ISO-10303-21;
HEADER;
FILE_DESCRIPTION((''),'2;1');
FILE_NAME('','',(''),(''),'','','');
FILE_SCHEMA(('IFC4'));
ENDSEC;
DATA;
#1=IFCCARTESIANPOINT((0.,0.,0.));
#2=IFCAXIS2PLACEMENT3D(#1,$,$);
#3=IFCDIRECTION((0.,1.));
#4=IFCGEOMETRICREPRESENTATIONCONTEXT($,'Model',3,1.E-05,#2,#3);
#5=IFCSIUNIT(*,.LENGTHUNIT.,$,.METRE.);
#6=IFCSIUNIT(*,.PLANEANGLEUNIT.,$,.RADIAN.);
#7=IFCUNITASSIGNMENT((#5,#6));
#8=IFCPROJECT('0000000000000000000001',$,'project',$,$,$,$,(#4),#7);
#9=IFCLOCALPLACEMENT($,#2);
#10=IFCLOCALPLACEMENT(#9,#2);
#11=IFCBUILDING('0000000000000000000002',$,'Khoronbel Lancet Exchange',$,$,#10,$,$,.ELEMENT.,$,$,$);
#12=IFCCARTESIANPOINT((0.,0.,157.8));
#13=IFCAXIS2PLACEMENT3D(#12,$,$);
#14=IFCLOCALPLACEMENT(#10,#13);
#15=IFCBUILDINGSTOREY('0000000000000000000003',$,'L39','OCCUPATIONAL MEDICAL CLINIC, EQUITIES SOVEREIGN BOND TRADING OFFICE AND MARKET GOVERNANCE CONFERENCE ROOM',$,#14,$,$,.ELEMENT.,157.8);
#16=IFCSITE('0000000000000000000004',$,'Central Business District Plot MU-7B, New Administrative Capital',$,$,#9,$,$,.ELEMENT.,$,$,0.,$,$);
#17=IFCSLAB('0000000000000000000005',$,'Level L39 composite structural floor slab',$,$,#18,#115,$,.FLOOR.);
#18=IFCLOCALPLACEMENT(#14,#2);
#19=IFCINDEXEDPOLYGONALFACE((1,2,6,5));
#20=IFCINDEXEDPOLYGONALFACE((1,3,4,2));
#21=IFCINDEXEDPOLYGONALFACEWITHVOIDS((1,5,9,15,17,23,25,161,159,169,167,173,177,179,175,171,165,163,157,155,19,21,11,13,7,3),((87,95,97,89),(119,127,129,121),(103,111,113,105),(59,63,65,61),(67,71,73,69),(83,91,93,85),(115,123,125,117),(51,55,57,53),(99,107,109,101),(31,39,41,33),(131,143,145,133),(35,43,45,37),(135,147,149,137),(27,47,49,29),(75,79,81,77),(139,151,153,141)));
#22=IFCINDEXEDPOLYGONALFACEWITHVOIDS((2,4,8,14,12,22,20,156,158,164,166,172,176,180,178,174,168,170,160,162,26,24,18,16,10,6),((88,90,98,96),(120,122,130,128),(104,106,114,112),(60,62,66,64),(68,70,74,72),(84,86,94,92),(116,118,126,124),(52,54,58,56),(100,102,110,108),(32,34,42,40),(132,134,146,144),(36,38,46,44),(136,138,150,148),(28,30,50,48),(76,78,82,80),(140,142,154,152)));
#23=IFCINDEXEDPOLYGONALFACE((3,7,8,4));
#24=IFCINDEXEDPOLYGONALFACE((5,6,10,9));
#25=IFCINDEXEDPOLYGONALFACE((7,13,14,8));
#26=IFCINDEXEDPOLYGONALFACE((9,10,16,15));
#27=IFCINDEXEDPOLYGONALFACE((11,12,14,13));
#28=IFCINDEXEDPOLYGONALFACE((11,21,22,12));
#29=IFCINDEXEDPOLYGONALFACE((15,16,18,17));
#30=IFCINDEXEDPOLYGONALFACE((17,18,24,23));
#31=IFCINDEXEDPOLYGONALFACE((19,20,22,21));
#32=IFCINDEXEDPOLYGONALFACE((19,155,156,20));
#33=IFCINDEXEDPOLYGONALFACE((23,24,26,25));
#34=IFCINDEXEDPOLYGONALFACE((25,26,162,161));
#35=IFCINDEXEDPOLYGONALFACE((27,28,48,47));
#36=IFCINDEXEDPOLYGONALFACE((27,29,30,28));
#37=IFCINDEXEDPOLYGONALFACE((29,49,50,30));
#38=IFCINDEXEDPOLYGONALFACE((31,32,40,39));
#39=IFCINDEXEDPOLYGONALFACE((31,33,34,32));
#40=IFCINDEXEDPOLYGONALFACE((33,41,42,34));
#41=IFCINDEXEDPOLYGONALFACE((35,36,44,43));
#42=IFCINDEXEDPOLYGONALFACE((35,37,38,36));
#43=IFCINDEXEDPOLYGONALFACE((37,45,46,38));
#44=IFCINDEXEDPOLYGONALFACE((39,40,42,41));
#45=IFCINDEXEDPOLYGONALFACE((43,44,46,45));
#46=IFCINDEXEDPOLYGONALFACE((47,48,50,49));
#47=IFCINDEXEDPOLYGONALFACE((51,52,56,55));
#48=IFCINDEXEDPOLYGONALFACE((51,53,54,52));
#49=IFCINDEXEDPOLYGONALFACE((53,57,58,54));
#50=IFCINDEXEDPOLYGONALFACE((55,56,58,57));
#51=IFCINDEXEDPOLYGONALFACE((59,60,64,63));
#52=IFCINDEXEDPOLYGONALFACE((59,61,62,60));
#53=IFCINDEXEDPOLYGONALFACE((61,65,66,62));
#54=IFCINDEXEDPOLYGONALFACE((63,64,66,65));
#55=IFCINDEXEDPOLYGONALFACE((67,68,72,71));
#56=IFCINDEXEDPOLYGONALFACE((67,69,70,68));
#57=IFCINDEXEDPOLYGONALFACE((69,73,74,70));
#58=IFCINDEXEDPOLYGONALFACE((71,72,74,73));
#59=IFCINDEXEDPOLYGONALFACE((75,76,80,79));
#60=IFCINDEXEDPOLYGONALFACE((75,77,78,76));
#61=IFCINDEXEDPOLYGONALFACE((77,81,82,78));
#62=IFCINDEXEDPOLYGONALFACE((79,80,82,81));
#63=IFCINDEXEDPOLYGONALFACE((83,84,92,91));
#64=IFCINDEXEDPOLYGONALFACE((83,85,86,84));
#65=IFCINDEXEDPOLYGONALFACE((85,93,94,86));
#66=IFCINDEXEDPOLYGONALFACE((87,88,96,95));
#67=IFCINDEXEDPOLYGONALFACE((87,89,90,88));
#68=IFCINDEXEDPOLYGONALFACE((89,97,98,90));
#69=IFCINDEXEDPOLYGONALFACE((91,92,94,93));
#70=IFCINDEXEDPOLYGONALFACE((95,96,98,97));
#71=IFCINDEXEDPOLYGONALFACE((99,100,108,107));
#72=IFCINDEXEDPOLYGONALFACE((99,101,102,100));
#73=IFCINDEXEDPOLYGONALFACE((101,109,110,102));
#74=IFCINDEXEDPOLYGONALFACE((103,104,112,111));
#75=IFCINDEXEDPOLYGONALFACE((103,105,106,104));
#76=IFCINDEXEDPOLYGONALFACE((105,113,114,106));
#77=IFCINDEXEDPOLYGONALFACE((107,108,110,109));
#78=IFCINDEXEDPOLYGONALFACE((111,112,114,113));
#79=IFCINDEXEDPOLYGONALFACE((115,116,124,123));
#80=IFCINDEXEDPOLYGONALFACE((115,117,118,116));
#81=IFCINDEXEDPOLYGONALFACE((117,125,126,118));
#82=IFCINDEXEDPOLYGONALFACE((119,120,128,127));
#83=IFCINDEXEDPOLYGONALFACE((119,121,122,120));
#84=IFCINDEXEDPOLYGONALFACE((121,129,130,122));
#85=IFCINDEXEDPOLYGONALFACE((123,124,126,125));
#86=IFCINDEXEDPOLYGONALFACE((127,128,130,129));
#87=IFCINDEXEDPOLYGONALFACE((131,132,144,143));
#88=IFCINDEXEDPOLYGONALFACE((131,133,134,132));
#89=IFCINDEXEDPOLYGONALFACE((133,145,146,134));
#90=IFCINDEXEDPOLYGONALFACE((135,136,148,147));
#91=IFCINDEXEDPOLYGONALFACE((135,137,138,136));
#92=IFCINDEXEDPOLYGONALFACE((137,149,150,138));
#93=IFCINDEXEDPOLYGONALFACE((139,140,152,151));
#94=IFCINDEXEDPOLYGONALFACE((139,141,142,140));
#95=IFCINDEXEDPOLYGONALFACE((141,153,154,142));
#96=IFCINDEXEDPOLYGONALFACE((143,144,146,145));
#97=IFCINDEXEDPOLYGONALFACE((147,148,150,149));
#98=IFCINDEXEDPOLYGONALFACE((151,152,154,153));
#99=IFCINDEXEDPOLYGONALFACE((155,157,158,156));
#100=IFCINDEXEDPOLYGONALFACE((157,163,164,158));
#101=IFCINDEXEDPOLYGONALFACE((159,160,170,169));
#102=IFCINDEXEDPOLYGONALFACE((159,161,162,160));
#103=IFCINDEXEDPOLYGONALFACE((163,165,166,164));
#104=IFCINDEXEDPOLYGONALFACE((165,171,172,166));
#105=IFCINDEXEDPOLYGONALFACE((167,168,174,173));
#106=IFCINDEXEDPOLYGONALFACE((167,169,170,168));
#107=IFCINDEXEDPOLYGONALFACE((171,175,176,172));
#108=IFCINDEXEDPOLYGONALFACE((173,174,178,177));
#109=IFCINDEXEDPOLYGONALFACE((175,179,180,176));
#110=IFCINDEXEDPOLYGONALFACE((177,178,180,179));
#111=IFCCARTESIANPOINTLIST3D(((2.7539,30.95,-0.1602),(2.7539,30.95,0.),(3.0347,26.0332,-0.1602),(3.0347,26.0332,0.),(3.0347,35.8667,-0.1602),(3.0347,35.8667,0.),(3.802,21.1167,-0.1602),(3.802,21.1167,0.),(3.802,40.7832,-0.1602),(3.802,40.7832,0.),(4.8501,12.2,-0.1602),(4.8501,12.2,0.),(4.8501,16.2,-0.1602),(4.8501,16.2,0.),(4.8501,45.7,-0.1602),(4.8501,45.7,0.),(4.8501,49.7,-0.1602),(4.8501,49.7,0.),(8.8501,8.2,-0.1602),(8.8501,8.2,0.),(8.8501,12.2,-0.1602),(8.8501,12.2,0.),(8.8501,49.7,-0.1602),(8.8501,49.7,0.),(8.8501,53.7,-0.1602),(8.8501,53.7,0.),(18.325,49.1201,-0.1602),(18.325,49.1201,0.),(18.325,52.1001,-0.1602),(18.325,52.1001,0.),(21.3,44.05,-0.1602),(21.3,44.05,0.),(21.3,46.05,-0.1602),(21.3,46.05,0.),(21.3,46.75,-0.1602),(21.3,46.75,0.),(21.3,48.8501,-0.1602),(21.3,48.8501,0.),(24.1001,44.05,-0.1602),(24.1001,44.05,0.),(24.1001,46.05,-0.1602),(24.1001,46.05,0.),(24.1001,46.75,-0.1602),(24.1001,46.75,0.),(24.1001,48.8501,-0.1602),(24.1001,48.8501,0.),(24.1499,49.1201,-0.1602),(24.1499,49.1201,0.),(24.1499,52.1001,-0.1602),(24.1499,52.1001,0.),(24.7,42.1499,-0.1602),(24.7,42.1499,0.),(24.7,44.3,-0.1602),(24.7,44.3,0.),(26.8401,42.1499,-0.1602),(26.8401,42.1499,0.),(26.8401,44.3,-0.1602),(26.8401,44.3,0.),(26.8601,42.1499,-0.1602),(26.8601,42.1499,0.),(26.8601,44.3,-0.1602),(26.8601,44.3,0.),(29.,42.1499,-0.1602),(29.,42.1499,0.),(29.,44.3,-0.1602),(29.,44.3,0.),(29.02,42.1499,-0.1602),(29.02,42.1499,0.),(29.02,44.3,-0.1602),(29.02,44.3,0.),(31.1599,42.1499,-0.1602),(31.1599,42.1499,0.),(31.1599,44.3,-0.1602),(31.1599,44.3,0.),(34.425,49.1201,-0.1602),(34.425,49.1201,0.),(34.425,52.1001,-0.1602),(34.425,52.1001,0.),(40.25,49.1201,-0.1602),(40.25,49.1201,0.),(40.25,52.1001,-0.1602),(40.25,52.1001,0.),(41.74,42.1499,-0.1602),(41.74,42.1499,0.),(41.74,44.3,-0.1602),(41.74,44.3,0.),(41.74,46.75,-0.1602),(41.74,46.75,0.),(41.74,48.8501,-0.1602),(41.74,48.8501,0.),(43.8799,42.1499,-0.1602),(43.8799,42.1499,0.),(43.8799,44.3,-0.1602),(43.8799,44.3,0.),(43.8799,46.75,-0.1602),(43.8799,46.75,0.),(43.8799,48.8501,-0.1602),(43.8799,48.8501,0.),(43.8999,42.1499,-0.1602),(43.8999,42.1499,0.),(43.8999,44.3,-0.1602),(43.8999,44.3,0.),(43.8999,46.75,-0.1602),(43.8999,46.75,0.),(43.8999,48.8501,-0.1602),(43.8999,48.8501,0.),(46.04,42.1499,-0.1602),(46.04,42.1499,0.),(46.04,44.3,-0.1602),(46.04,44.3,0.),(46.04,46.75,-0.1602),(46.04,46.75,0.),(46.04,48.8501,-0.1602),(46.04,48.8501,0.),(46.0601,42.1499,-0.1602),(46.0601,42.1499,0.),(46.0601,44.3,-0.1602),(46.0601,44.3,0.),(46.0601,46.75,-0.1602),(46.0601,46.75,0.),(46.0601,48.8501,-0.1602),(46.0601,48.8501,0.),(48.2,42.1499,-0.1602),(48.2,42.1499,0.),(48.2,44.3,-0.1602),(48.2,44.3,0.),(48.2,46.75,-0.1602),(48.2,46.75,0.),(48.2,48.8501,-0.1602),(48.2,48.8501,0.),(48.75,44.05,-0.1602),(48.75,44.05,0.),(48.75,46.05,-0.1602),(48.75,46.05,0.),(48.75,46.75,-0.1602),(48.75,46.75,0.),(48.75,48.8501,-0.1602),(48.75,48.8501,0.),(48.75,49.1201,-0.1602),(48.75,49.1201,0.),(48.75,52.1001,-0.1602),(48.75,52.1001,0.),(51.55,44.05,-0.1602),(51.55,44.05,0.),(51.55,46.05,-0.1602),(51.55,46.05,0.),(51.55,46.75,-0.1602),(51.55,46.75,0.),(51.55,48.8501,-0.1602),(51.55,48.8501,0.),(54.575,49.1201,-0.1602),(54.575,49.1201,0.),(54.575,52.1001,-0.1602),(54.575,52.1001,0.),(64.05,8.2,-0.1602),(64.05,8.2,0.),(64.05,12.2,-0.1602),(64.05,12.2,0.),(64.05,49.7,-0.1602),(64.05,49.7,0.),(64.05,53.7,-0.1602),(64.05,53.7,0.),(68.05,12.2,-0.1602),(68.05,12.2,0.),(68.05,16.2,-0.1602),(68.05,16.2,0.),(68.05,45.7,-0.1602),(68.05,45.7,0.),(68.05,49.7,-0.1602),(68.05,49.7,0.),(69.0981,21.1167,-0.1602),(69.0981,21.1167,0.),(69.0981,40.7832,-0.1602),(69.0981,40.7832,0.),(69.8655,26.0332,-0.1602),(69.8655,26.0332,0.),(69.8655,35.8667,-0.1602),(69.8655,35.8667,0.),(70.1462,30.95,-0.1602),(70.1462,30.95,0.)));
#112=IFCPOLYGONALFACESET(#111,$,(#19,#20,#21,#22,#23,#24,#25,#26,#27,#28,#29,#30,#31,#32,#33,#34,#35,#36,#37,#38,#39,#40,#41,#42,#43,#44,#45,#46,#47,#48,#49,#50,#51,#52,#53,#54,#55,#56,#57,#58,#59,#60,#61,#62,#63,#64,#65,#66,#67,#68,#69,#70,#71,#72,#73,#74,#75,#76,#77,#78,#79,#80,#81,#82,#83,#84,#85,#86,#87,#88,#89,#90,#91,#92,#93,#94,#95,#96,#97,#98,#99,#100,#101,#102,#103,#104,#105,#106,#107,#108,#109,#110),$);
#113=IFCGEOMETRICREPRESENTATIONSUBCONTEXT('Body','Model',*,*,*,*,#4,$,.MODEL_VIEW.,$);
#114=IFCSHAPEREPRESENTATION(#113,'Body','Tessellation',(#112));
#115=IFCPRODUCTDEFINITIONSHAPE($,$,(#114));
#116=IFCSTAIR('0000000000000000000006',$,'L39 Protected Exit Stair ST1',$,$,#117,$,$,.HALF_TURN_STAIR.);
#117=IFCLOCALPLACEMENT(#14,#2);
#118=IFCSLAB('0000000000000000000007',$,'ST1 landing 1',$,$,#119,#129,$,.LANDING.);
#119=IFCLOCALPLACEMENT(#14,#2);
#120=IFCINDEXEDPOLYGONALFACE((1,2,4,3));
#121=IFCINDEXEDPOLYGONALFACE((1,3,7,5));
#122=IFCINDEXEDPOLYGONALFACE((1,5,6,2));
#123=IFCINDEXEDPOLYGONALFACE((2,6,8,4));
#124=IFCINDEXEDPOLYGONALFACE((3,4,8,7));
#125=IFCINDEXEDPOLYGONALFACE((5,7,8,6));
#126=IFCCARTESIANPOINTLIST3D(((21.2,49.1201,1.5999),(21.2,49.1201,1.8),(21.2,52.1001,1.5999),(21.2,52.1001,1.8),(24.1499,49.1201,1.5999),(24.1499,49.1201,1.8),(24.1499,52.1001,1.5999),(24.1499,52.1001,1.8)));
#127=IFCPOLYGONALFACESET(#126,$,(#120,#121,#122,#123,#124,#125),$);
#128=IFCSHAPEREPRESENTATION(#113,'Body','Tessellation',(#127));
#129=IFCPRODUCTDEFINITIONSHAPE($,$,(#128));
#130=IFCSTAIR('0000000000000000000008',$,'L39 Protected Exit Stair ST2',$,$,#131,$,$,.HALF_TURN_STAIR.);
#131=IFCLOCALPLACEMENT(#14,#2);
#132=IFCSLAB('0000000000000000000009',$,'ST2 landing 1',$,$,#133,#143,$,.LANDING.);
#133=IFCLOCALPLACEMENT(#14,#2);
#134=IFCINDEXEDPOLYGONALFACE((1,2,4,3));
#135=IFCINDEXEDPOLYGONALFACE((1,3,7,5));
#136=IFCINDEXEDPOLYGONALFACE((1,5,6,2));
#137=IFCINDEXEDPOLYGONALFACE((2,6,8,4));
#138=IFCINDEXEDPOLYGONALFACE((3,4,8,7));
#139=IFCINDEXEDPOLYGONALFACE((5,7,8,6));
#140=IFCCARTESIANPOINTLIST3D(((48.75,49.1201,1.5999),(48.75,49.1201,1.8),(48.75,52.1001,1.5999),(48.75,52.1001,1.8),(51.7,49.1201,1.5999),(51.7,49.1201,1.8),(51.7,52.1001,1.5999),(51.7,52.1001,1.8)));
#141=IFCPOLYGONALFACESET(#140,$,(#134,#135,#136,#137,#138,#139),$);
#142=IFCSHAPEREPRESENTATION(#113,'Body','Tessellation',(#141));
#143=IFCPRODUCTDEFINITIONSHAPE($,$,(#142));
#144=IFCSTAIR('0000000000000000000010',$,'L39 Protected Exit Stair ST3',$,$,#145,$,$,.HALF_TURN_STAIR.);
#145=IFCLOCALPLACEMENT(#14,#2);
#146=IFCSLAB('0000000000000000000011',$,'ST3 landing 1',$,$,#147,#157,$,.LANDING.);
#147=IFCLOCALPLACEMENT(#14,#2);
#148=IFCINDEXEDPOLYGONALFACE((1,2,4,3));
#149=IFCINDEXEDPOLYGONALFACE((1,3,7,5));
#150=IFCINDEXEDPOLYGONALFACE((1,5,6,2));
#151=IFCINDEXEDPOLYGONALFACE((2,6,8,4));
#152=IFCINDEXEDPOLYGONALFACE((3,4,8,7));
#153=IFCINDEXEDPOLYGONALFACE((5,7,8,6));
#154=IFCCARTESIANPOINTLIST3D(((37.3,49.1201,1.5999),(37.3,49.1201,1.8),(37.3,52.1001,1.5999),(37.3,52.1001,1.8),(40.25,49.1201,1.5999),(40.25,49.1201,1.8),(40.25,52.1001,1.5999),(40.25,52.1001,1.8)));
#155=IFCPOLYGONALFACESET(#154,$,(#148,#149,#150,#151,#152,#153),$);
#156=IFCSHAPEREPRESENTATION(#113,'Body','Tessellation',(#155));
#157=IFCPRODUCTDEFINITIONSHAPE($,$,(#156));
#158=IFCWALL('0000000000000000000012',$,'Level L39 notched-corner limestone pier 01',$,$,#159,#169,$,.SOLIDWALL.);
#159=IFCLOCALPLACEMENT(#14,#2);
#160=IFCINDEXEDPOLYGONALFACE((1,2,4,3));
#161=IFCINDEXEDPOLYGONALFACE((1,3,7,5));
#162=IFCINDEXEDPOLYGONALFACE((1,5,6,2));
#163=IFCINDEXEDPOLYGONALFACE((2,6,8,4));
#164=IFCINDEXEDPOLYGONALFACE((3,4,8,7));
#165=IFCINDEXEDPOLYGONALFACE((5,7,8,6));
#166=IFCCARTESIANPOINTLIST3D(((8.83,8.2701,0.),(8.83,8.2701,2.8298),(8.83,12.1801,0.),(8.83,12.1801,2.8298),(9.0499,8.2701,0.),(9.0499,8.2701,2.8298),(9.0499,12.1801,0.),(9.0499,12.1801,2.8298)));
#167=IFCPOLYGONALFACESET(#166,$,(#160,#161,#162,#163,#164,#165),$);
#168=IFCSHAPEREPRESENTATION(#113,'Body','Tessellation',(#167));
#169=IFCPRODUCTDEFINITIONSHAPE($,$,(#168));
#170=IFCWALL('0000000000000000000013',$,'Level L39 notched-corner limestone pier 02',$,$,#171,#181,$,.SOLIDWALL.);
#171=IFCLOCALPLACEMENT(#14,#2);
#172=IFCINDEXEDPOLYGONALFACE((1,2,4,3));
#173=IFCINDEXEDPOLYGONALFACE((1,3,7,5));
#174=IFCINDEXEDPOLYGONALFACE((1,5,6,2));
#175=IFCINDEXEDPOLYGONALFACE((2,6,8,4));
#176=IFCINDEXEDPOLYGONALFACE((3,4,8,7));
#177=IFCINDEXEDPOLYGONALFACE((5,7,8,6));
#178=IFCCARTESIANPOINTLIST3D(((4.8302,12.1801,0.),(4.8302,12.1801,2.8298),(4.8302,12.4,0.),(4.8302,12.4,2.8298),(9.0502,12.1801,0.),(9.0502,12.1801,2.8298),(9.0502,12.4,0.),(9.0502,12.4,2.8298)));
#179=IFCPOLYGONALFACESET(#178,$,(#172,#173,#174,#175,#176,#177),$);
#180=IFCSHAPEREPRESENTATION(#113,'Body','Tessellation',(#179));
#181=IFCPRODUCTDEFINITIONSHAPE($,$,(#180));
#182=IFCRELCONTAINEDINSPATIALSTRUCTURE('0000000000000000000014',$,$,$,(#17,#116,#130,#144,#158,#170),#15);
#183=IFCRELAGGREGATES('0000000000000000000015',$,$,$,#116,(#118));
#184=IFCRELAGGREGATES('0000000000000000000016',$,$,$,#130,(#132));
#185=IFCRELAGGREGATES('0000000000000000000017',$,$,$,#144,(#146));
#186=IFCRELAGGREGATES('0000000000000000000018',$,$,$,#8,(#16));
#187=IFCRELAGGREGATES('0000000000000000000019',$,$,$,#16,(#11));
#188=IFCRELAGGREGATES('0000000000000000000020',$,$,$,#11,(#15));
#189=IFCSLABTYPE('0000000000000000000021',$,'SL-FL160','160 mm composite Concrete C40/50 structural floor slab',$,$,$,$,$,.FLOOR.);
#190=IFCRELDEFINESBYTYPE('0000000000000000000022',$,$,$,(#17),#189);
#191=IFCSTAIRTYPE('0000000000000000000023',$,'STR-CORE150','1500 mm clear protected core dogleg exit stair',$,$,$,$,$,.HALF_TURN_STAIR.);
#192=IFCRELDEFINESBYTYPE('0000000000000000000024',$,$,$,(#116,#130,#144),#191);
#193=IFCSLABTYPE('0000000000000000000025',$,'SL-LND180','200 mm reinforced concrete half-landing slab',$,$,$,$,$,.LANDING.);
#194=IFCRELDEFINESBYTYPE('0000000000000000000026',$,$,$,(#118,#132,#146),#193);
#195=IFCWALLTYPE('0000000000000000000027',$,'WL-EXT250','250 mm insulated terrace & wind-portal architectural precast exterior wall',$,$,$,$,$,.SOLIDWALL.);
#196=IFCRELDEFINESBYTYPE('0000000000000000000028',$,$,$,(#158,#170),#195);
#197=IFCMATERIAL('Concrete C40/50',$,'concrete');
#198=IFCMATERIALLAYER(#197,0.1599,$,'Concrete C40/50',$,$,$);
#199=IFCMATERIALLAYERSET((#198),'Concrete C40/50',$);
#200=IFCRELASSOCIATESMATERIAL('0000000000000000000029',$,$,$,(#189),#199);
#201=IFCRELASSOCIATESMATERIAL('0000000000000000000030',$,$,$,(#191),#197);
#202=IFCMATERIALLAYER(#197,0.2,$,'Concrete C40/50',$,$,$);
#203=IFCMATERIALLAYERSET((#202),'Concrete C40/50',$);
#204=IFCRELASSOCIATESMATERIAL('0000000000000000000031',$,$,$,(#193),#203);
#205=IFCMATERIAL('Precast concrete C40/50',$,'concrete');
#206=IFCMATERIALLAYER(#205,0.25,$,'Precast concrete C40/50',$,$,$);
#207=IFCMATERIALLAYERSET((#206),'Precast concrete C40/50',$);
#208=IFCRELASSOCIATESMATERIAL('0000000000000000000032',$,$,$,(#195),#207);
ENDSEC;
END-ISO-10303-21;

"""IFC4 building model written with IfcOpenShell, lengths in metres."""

from ifc_helpers import new_model, si_unit, direction, frame, frame_2d, origin, place, context, subcontext, project, spatial, polyline, rectangle, outline, extrude, material, layer, layer_set, type_object, element, aggregate, save


model = new_model("IFC4")

# Units and contexts
model_context = context("Model", 3, precision=1e-05, world=origin(), true_north=direction((0.0, 1.0)))
body_context = subcontext(model_context, "Body", "Model", "MODEL_VIEW")
ifc_project = project(units=[si_unit("LENGTHUNIT", "METRE"), si_unit("PLANEANGLEUNIT", "RADIAN")], contexts=[model_context])

# Site, building, storey
site_placement = place(None, origin())
site = spatial("IfcSite", under=ifc_project, at=site_placement, Name="Central Business District Plot MU-7B, New Administrative Capital", CompositionType="ELEMENT", RefElevation=0.0)
building_placement = place(site_placement, origin())
building = spatial("IfcBuilding", under=site, at=building_placement, Name="Khoronbel Lancet Exchange", CompositionType="ELEMENT")
storey_placement = place(building_placement, frame((0.0, 0.0, 157.8)))
storey = spatial("IfcBuildingStorey", under=building, at=storey_placement, Name="L39", Description="OCCUPATIONAL MEDICAL CLINIC, EQUITIES SOVEREIGN BOND TRADING OFFICE AND MARKET GOVERNANCE CONFERENCE ROOM", CompositionType="ELEMENT", Elevation=157.8)

# Slab
ifc_material_1 = material(Name="Concrete C40/50", Category="concrete")
ifc_layer_1 = layer(ifc_material_1, 0.1599, Name="Concrete C40/50")
ifc_layer_set_1 = layer_set([ifc_layer_1], Name="Concrete C40/50")
slab_type_1 = type_object("IfcSlabType", Name="SL-FL160", Description="160 mm composite Concrete C40/50 structural floor slab", PredefinedType="FLOOR", material=ifc_layer_set_1)
slab_1_placement = place(storey_placement, frame((0.0, 0.0, -0.1602)))
element("IfcSlab", 1, at=slab_1_placement, inside=storey, type_object=slab_type_1, Name="Level L39 composite structural floor slab", PredefinedType="FLOOR", context=body_context, shape_type="SweptSolid", body=[
    extrude(outline(polyline([(8.8501, 8.2), (64.05, 8.2), (64.05, 12.2), (68.05, 12.2), (68.05, 16.2), (69.0981, 21.1167), (69.8655, 26.0332), (70.1462, 30.95), (69.8655, 35.8667), (69.0981, 40.7832), (68.05, 45.7), (68.05, 49.7), (64.05, 49.7), (64.05, 53.7), (8.8501, 53.7), (8.8501, 49.7), (4.8501, 49.7), (4.8501, 45.7), (3.802, 40.7832), (3.0347, 35.8667), (2.7539, 30.95), (3.0347, 26.0332), (3.802, 21.1167), (4.8501, 16.2), (4.8501, 12.2), (8.8501, 12.2), (8.8501, 8.2)]), holes=[polyline([(18.325, 49.1201), (24.1499, 49.1201), (24.1499, 52.1001), (18.325, 52.1001), (18.325, 49.1201)]), polyline([(48.75, 49.1201), (54.575, 49.1201), (54.575, 52.1001), (48.75, 52.1001), (48.75, 49.1201)]), polyline([(34.425, 49.1201), (40.25, 49.1201), (40.25, 52.1001), (34.425, 52.1001), (34.425, 49.1201)]), polyline([(24.7, 42.1499), (26.8401, 42.1499), (26.8401, 44.3), (24.7, 44.3), (24.7, 42.1499)]), polyline([(26.8601, 42.1499), (29.0, 42.1499), (29.0, 44.3), (26.8601, 44.3), (26.8601, 42.1499)]), polyline([(29.02, 42.1499), (31.1599, 42.1499), (31.1599, 44.3), (29.02, 44.3), (29.02, 42.1499)]), polyline([(41.74, 46.75), (43.8799, 46.75), (43.8799, 48.8501), (41.74, 48.8501), (41.74, 46.75)]), polyline([(43.8999, 46.75), (46.04, 46.75), (46.04, 48.8501), (43.8999, 48.8501), (43.8999, 46.75)]), polyline([(46.0601, 46.75), (48.2, 46.75), (48.2, 48.8501), (46.0601, 48.8501), (46.0601, 46.75)]), polyline([(41.74, 42.1499), (43.8799, 42.1499), (43.8799, 44.3), (41.74, 44.3), (41.74, 42.1499)]), polyline([(43.8999, 42.1499), (46.04, 42.1499), (46.04, 44.3), (43.8999, 44.3), (43.8999, 42.1499)]), polyline([(46.0601, 42.1499), (48.2, 42.1499), (48.2, 44.3), (46.0601, 44.3), (46.0601, 42.1499)]), polyline([(21.3, 46.75), (24.1001, 46.75), (24.1001, 48.8501), (21.3, 48.8501), (21.3, 46.75)]), polyline([(48.75, 46.75), (51.55, 46.75), (51.55, 48.8501), (48.75, 48.8501), (48.75, 46.75)]), polyline([(21.3, 44.05), (24.1001, 44.05), (24.1001, 46.05), (21.3, 46.05), (21.3, 44.05)]), polyline([(48.75, 44.05), (51.55, 44.05), (51.55, 46.05), (48.75, 46.05), (48.75, 44.05)])]), origin(), (0.0, 0.0, 1.0), 0.1602),
])

# Stairs, slabs
stair_type = type_object("IfcStairType", Name="STR-CORE150", Description="1500 mm clear protected core dogleg exit stair", PredefinedType="HALF_TURN_STAIR", material=ifc_material_1)
stair_1_placement = place(storey_placement, origin())
stair_1 = element("IfcStair", 2, at=stair_1_placement, inside=storey, type_object=stair_type, Name="L39 Protected Exit Stair ST1", PredefinedType="HALF_TURN_STAIR")
ifc_layer_2 = layer(ifc_material_1, 0.2, Name="Concrete C40/50")
ifc_layer_set_2 = layer_set([ifc_layer_2], Name="Concrete C40/50")
slab_type_2 = type_object("IfcSlabType", Name="SL-LND180", Description="200 mm reinforced concrete half-landing slab", PredefinedType="LANDING", material=ifc_layer_set_2)
slab_2_placement = place(storey_placement, frame((0.0, 0.0, 1.5999)))
slab_2 = element("IfcSlab", 3, at=slab_2_placement, type_object=slab_type_2, Name="ST1 landing 1", PredefinedType="LANDING", context=body_context, shape_type="SweptSolid", body=[
    extrude(outline(polyline([(21.2, 49.1201), (24.1499, 49.1201), (24.1499, 52.1001), (21.2, 52.1001), (21.2, 49.1201)])), origin(), (0.0, 0.0, 1.0), 0.2002),
])
aggregate(stair_1, [slab_2])
stair_2_placement = place(storey_placement, origin())
stair_2 = element("IfcStair", 4, at=stair_2_placement, inside=storey, type_object=stair_type, Name="L39 Protected Exit Stair ST2", PredefinedType="HALF_TURN_STAIR")
slab_3_placement = place(storey_placement, frame((0.0, 0.0, 1.5999)))
slab_3 = element("IfcSlab", 5, at=slab_3_placement, type_object=slab_type_2, Name="ST2 landing 1", PredefinedType="LANDING", context=body_context, shape_type="SweptSolid", body=[
    extrude(outline(polyline([(51.7, 52.1001), (48.75, 52.1001), (48.75, 49.1201), (51.7, 49.1201), (51.7, 52.1001)])), origin(), (0.0, 0.0, 1.0), 0.2002),
])
aggregate(stair_2, [slab_3])
stair_3_placement = place(storey_placement, origin())
stair_3 = element("IfcStair", 6, at=stair_3_placement, inside=storey, type_object=stair_type, Name="L39 Protected Exit Stair ST3", PredefinedType="HALF_TURN_STAIR")
slab_4_placement = place(storey_placement, frame((0.0, 0.0, 1.5999)))
slab_4 = element("IfcSlab", 7, at=slab_4_placement, type_object=slab_type_2, Name="ST3 landing 1", PredefinedType="LANDING", context=body_context, shape_type="SweptSolid", body=[
    extrude(outline(polyline([(37.3, 49.1201), (40.25, 49.1201), (40.25, 52.1001), (37.3, 52.1001), (37.3, 49.1201)])), origin(), (0.0, 0.0, 1.0), 0.2002),
])
aggregate(stair_3, [slab_4])

# Walls
ifc_material_2 = material(Name="Precast concrete C40/50", Category="concrete")
ifc_layer_3 = layer(ifc_material_2, 0.25, Name="Precast concrete C40/50")
ifc_layer_set_3 = layer_set([ifc_layer_3], Name="Precast concrete C40/50")
wall_type_1 = type_object("IfcWallType", Name="WL-EXT250", Description="250 mm insulated terrace & wind-portal architectural precast exterior wall", PredefinedType="SOLIDWALL", material=ifc_layer_set_3)
wall_1_placement = place(storey_placement, frame((8.9399, 8.27, 0.0), z_axis=(0.0, 0.0, 1.0), x_axis=(0.0, 1.0, 0.0)))
element("IfcWall", 8, at=wall_1_placement, inside=storey, type_object=wall_type_1, Name="Level L39 notched-corner limestone pier 01", PredefinedType="SOLIDWALL", context=body_context, shape_type="SweptSolid", body=[
    extrude(rectangle(XDim=3.9099, YDim=0.22, at=frame_2d((1.9551, 0.0))), origin(), (0.0, 0.0, 1.0), 2.8298),
])
wall_2_placement = place(storey_placement, frame((9.05, 12.29, 0.0), z_axis=(0.0, 0.0, 1.0), x_axis=(-1.0, 0.0, 0.0)))
element("IfcWall", 9, at=wall_2_placement, inside=storey, type_object=wall_type_1, Name="Level L39 notched-corner limestone pier 02", PredefinedType="SOLIDWALL", context=body_context, shape_type="SweptSolid", body=[
    extrude(rectangle(XDim=4.22, YDim=0.22, at=frame_2d((2.1099, 0.0))), origin(), (0.0, 0.0, 1.0), 2.8298),
])

save(model, "model.ifc")
